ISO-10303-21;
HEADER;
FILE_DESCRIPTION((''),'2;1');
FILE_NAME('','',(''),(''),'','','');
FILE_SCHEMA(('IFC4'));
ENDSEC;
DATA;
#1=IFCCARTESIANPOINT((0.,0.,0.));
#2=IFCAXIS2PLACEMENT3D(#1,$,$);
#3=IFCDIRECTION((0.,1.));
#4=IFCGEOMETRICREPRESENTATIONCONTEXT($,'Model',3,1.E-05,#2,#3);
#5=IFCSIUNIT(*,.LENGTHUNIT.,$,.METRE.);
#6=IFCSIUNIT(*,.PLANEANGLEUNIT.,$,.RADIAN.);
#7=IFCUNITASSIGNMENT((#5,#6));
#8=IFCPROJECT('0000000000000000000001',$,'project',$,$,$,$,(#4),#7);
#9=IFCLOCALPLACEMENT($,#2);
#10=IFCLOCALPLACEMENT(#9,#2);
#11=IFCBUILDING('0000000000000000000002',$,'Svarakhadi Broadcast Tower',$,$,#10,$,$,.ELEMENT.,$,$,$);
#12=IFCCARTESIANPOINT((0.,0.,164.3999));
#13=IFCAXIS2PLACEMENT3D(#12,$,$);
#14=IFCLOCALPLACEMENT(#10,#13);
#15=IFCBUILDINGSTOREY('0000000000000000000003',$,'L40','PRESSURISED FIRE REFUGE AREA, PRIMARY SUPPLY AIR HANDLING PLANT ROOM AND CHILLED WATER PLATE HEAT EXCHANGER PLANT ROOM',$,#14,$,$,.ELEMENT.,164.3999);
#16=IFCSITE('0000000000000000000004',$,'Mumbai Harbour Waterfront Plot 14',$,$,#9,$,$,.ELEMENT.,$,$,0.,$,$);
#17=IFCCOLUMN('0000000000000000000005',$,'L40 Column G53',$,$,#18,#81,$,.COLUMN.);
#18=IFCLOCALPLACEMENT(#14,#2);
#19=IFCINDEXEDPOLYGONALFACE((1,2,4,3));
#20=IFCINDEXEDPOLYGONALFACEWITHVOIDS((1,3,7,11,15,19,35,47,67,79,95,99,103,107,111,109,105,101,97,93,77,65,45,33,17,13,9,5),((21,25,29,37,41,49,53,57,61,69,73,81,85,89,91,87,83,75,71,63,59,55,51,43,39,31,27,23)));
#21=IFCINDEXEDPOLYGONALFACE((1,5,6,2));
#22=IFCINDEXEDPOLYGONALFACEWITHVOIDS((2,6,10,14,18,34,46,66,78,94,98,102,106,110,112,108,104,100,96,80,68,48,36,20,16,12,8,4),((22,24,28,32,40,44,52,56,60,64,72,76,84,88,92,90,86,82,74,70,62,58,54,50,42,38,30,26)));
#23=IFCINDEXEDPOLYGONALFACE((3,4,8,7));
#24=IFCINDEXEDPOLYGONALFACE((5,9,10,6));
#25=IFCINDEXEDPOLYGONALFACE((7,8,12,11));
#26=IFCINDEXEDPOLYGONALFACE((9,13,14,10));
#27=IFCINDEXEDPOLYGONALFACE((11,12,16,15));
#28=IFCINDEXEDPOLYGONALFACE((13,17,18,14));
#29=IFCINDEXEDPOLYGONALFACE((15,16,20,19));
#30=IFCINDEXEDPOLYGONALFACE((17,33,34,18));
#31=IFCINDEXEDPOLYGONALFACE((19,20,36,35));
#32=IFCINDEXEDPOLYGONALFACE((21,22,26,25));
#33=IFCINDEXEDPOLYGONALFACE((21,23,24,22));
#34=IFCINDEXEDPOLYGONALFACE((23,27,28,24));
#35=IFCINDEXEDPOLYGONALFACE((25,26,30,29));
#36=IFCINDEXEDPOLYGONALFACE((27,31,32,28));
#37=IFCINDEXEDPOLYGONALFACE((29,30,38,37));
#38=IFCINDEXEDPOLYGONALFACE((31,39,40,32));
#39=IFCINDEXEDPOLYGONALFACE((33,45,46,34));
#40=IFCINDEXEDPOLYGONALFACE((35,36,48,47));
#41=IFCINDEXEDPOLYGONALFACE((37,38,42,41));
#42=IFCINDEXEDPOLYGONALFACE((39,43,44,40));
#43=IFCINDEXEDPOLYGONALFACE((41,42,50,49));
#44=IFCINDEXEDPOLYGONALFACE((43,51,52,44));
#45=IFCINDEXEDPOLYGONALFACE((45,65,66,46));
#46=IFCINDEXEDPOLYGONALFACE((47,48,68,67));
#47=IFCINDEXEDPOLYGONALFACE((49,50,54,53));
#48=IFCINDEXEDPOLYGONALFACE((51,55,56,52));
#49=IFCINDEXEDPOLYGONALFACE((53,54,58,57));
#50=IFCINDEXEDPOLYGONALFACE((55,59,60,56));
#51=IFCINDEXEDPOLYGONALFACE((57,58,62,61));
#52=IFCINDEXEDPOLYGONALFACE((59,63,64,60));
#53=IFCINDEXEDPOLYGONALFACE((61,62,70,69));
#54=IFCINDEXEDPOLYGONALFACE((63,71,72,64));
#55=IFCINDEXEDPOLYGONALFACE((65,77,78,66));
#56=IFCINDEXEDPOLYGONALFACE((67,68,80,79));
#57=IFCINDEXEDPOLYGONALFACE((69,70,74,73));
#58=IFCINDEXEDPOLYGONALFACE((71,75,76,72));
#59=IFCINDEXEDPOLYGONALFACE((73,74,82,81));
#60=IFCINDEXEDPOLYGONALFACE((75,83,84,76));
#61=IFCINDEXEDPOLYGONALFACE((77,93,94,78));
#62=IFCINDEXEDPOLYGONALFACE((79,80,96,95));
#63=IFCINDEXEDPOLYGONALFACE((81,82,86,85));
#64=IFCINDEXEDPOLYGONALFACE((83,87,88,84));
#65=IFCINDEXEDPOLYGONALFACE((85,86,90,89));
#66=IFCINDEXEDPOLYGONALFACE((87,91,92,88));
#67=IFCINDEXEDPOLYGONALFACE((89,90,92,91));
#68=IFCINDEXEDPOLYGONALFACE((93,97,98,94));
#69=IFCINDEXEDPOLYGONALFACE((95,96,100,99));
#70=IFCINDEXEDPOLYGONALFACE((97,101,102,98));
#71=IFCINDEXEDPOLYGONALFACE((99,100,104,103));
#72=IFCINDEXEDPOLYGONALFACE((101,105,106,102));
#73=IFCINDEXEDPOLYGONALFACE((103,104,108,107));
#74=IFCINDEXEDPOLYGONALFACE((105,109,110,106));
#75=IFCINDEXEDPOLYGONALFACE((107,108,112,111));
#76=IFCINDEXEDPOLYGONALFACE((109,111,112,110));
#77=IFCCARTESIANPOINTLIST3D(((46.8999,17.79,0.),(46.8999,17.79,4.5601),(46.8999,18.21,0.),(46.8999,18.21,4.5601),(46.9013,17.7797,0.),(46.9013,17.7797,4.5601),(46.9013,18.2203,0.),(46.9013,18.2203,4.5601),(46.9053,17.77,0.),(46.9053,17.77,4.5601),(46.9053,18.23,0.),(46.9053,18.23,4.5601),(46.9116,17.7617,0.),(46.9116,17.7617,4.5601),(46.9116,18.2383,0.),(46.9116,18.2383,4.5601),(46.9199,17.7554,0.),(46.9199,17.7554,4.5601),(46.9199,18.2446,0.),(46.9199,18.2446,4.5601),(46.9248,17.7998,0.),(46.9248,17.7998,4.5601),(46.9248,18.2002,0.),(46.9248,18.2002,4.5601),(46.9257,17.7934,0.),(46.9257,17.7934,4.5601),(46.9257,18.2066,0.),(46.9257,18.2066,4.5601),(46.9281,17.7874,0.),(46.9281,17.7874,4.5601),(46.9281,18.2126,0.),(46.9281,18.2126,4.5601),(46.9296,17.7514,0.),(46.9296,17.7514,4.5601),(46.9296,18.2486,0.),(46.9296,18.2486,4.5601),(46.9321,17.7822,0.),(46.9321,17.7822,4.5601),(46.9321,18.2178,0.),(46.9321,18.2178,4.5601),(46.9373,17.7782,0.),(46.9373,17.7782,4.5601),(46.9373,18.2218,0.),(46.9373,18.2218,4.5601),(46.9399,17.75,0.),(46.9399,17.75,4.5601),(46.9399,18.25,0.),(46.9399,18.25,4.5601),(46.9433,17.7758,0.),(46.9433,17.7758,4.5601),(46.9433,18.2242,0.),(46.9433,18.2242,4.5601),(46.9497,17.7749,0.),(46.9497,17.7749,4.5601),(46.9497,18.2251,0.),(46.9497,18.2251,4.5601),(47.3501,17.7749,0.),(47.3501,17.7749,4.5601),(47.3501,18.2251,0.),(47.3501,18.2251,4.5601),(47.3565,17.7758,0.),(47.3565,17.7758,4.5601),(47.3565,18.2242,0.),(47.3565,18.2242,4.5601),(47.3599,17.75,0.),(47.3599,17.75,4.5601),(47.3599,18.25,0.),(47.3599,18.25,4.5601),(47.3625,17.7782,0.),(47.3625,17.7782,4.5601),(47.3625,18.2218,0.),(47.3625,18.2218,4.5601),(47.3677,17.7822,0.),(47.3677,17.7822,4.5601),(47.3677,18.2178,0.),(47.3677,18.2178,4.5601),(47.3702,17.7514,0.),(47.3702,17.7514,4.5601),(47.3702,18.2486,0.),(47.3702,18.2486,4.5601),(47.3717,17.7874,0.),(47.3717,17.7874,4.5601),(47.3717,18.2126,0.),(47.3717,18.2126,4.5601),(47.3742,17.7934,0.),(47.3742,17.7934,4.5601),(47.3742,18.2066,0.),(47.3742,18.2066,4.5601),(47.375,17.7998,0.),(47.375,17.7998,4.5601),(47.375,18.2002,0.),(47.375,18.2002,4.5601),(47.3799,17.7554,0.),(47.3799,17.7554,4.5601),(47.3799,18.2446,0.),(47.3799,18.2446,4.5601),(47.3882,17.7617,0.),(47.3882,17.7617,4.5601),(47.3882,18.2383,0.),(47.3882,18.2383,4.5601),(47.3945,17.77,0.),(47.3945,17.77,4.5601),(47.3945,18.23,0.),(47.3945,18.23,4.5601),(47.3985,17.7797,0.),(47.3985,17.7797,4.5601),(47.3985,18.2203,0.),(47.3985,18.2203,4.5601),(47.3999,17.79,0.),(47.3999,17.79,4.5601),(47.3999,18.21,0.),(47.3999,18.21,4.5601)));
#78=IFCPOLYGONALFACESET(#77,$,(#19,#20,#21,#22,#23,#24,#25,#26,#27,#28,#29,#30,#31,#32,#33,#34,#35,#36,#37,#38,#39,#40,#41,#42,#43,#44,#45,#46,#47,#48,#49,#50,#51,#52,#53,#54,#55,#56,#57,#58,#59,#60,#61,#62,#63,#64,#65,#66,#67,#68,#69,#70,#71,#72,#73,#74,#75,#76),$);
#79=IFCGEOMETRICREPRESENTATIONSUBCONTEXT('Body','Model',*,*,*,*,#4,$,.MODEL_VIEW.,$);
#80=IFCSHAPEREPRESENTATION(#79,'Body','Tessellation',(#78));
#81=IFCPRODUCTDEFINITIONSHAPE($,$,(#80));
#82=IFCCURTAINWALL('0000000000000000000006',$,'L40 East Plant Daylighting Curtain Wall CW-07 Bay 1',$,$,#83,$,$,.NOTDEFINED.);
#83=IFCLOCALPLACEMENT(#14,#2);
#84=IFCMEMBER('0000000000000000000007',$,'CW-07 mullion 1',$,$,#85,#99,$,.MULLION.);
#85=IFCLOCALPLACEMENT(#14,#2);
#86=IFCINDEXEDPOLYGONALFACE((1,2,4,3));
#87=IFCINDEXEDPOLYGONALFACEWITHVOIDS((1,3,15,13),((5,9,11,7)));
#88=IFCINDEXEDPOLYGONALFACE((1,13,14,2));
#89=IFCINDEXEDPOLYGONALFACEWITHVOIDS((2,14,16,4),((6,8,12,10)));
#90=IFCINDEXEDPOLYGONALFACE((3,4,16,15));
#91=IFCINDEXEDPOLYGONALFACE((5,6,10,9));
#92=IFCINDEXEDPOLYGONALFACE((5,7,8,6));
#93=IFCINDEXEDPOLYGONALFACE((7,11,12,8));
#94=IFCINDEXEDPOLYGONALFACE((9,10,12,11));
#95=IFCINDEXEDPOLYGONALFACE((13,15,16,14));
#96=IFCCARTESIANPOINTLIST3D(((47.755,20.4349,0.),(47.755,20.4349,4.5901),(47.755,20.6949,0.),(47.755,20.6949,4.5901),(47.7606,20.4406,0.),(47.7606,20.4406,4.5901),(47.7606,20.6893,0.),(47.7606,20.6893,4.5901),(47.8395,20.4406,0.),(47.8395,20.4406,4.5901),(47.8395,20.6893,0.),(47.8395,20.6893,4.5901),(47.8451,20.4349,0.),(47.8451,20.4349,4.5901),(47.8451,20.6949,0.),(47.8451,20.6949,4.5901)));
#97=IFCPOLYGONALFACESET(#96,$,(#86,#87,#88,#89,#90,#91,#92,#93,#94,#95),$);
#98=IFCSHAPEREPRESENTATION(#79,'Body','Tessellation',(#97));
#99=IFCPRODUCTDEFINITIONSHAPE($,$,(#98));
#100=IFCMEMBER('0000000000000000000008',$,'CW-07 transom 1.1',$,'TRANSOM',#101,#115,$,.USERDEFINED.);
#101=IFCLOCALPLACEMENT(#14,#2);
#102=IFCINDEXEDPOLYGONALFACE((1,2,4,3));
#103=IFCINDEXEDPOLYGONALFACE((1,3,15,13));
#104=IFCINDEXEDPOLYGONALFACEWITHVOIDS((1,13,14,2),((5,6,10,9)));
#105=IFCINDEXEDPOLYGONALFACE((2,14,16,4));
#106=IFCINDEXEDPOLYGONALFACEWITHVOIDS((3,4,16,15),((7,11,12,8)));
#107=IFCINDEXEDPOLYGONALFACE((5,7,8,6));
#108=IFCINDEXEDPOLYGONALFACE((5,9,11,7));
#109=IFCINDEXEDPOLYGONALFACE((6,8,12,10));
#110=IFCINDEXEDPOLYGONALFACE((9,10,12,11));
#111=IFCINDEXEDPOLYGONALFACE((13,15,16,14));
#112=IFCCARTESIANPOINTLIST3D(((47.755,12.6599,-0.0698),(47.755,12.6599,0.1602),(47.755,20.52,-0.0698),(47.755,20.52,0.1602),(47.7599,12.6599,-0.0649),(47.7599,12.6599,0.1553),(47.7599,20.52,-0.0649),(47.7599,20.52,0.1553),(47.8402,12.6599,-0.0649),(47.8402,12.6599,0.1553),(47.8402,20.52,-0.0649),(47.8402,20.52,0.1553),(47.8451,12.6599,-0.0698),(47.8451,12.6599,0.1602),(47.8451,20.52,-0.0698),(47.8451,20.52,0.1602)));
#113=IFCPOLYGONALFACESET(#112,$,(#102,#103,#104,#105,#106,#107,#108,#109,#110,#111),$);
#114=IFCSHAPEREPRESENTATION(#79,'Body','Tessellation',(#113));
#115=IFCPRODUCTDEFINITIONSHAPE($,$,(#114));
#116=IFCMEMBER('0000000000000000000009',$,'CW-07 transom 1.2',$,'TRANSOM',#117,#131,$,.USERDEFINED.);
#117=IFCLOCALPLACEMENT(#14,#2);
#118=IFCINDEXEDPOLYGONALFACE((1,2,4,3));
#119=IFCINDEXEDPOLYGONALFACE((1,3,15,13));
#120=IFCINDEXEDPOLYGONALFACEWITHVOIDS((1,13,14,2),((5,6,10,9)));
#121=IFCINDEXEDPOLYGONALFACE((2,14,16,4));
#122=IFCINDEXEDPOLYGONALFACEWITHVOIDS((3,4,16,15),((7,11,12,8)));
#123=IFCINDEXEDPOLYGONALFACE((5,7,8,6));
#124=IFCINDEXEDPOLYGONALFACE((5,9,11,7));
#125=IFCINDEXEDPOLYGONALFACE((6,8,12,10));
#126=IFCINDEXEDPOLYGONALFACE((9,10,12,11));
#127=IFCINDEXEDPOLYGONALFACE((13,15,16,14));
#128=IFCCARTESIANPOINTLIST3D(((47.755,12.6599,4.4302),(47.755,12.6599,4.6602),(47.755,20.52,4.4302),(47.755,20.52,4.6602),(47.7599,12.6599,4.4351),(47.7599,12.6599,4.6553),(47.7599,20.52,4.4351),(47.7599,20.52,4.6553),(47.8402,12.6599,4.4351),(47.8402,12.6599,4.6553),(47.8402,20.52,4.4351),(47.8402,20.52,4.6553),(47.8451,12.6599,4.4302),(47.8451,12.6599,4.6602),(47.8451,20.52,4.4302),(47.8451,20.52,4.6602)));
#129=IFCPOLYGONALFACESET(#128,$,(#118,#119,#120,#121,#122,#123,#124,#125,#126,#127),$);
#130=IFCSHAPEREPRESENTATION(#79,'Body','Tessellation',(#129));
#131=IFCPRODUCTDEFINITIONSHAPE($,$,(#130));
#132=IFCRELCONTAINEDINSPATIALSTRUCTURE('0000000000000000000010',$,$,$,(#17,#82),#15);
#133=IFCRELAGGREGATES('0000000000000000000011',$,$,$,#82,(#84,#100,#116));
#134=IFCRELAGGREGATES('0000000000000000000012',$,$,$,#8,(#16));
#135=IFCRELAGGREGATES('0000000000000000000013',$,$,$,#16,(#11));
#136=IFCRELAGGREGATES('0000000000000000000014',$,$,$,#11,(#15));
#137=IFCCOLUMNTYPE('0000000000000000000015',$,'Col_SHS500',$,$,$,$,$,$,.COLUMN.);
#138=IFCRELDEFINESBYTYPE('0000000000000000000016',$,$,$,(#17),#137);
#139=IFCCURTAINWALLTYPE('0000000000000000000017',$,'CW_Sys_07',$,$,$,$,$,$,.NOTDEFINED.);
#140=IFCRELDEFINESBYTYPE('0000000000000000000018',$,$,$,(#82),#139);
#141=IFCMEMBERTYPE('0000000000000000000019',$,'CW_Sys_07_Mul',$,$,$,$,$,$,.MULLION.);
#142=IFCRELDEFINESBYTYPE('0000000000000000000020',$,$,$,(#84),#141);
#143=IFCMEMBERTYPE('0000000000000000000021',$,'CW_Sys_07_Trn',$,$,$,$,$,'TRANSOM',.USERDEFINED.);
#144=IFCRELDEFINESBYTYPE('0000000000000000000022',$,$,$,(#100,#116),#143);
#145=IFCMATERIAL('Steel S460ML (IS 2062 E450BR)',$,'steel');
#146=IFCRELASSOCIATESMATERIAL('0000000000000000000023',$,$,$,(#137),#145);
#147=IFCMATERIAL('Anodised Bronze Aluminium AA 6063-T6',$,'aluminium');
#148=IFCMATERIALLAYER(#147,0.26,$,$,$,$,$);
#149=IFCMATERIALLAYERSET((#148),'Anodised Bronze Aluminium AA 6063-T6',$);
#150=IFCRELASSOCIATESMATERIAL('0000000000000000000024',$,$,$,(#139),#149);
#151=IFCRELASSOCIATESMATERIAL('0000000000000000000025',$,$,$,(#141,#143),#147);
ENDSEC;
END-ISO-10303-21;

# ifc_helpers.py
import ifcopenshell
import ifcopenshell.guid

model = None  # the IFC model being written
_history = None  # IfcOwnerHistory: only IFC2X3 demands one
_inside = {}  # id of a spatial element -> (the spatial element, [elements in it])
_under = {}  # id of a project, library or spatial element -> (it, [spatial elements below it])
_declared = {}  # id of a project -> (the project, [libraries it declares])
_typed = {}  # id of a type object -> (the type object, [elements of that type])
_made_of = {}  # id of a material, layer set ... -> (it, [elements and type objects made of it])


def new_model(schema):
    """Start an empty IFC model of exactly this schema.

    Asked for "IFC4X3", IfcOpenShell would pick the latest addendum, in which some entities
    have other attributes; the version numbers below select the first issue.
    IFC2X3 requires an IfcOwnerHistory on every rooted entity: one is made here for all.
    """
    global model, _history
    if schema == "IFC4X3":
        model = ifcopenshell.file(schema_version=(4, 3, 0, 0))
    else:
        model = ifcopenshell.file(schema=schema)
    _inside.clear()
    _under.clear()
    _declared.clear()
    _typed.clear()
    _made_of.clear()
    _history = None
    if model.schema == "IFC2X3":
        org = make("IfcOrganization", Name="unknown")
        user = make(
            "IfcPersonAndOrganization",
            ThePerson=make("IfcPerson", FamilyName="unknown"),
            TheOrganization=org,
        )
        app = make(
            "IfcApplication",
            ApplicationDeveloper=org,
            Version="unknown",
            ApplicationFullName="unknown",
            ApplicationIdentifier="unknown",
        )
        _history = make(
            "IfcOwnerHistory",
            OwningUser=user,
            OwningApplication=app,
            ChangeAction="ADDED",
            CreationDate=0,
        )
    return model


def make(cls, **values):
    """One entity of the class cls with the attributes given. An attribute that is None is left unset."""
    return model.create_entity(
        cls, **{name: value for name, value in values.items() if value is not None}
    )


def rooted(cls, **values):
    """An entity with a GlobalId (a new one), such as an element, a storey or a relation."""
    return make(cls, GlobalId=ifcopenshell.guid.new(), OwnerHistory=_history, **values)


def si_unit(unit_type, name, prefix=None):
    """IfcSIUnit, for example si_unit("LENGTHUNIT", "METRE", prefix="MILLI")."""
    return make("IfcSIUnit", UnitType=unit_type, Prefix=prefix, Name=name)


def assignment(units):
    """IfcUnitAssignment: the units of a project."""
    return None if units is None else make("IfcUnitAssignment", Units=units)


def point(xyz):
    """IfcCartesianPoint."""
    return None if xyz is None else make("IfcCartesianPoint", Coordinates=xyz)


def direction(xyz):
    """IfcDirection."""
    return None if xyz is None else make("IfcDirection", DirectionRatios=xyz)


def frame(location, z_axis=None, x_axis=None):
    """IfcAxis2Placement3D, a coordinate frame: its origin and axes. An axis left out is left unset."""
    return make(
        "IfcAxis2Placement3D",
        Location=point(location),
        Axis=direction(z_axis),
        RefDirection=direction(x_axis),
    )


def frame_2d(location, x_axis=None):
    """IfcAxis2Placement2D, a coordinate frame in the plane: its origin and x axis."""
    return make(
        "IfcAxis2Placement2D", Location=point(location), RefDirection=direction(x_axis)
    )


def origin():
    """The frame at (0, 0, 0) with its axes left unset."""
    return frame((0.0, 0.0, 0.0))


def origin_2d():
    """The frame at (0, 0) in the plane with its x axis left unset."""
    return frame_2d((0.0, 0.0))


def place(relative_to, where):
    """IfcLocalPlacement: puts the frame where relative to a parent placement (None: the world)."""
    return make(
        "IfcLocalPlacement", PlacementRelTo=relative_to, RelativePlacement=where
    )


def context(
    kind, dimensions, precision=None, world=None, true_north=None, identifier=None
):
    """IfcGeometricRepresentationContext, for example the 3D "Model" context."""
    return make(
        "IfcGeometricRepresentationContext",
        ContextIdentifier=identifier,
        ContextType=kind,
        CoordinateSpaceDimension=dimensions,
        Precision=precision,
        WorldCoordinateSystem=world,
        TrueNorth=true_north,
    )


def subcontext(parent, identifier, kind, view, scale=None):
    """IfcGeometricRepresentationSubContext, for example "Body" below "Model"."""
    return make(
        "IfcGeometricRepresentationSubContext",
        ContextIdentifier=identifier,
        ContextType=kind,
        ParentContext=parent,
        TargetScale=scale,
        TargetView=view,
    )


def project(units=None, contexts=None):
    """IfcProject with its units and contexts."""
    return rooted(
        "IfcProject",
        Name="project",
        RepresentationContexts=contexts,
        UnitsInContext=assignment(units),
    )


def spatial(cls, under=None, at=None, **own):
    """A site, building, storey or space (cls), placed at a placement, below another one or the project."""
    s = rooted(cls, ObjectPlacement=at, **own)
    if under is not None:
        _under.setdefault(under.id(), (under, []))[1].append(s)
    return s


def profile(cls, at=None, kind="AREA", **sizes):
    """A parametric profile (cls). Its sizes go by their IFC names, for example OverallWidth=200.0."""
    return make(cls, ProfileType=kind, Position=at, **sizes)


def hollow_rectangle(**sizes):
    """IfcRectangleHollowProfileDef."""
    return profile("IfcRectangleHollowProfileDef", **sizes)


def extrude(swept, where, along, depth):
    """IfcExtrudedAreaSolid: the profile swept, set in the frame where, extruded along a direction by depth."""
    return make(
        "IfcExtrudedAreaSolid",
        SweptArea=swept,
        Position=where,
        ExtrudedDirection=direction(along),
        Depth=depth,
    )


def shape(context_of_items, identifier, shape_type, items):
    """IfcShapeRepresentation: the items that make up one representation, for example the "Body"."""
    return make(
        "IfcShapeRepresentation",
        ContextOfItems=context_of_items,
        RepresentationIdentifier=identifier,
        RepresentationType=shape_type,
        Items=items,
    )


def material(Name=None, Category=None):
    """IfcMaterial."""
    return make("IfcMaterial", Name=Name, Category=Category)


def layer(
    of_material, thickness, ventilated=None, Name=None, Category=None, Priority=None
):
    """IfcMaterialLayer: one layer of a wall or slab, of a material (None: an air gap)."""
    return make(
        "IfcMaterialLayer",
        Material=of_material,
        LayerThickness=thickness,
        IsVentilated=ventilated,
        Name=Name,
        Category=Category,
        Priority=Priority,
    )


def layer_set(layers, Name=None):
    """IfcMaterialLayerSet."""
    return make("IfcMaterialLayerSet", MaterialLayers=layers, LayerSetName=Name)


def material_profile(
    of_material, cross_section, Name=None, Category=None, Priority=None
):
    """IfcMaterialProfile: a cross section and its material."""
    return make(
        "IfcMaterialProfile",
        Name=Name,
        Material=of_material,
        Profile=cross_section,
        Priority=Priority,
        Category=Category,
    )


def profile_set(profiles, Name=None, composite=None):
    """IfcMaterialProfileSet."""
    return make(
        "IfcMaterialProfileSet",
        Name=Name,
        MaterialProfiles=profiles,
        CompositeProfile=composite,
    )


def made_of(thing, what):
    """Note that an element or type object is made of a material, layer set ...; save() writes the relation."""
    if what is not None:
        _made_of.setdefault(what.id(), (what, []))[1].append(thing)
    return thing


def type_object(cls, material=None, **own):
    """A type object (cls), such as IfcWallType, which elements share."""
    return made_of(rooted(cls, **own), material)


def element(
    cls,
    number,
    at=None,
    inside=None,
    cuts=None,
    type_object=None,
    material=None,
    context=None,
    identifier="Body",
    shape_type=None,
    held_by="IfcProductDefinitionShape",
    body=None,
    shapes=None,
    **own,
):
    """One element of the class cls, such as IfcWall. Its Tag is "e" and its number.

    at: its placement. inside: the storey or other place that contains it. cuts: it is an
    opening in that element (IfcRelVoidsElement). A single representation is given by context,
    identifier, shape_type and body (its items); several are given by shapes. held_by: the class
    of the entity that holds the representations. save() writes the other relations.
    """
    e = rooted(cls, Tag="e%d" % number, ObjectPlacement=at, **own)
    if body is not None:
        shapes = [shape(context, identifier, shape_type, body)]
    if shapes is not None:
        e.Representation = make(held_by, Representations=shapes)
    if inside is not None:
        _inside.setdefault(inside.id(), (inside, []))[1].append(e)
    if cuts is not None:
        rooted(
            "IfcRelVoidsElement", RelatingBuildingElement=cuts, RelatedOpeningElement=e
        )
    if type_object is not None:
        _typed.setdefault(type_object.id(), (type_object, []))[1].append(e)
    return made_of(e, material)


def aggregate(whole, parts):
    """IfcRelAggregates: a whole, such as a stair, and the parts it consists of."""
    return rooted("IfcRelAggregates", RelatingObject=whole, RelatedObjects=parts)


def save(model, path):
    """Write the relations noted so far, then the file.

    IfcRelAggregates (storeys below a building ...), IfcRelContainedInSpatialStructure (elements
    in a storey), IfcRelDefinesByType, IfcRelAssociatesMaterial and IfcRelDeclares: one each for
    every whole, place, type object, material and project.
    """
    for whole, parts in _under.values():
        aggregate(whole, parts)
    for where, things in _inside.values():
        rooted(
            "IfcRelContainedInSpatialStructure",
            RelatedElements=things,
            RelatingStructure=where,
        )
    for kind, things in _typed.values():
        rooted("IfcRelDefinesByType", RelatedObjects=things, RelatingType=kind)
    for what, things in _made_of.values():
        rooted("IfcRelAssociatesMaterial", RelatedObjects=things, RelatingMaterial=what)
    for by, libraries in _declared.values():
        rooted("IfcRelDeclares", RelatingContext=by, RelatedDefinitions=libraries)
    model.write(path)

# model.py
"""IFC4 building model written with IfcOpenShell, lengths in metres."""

from ifc_helpers import new_model, si_unit, direction, frame, origin, origin_2d, place, context, subcontext, project, spatial, hollow_rectangle, extrude, material, layer, layer_set, material_profile, profile_set, type_object, element, aggregate, save


model = new_model("IFC4")

# Units and contexts
model_context = context("Model", 3, precision=1e-05, world=origin(), true_north=direction((0.0, 1.0)))
body_context = subcontext(model_context, "Body", "Model", "MODEL_VIEW")
ifc_project = project(units=[si_unit("LENGTHUNIT", "METRE"), si_unit("PLANEANGLEUNIT", "RADIAN")], contexts=[model_context])

# Site, building, storey
site_placement = place(None, origin())
site = spatial("IfcSite", under=ifc_project, at=site_placement, Name="Mumbai Harbour Waterfront Plot 14", CompositionType="ELEMENT", RefElevation=0.0)
building_placement = place(site_placement, origin())
building = spatial("IfcBuilding", under=site, at=building_placement, Name="Svarakhadi Broadcast Tower", CompositionType="ELEMENT")
storey_placement = place(building_placement, frame((0.0, 0.0, 164.3999)))
storey = spatial("IfcBuildingStorey", under=building, at=storey_placement, Name="L40", Description="PRESSURISED FIRE REFUGE AREA, PRIMARY SUPPLY AIR HANDLING PLANT ROOM AND CHILLED WATER PLATE HEAT EXCHANGER PLANT ROOM", CompositionType="ELEMENT", Elevation=164.3999)

# Column
ifc_material_1 = material(Name="Steel S460ML (IS 2062 E450BR)", Category="steel")
ifc_material_profile_1 = material_profile(ifc_material_1, hollow_rectangle(XDim=0.5, YDim=0.5, WallThickness=0.0249, InnerFilletRadius=0.0249, OuterFilletRadius=0.04, at=origin_2d()), Name="SHS 500x500x25")
ifc_profile_set_1 = profile_set([ifc_material_profile_1], Name="Steel S460ML (IS 2062 E450BR)")
column_type_1 = type_object("IfcColumnType", Name="Col_SHS500", PredefinedType="COLUMN", material=ifc_profile_set_1)
column_1_placement = place(storey_placement, frame((47.1499, 18.0, 0.0), z_axis=(0.0, 0.0, 1.0), x_axis=(1.0, 0.0, 0.0)))
element("IfcColumn", 1, at=column_1_placement, inside=storey, type_object=column_type_1, Name="L40 Column G53", PredefinedType="COLUMN", context=body_context, shape_type="SweptSolid", body=[
    extrude(hollow_rectangle(XDim=0.5, YDim=0.5, WallThickness=0.0249, InnerFilletRadius=0.0249, OuterFilletRadius=0.04, at=origin_2d()), origin(), (0.0, 0.0, 1.0), 4.5601),
])

# Curtain wall, members
ifc_material_2 = material(Name="Anodised Bronze Aluminium AA 6063-T6", Category="aluminium")
ifc_layer_1 = layer(ifc_material_2, 0.26)
ifc_layer_set_1 = layer_set([ifc_layer_1], Name="Anodised Bronze Aluminium AA 6063-T6")
curtain_wall_type = type_object("IfcCurtainWallType", Name="CW_Sys_07", PredefinedType="NOTDEFINED", material=ifc_layer_set_1)
curtain_wall_placement = place(storey_placement, origin())
curtain_wall = element("IfcCurtainWall", 2, at=curtain_wall_placement, inside=storey, type_object=curtain_wall_type, Name="L40 East Plant Daylighting Curtain Wall CW-07 Bay 1", PredefinedType="NOTDEFINED")
ifc_material_profile_2 = material_profile(ifc_material_2, hollow_rectangle(XDim=0.0901, YDim=0.26, WallThickness=0.0056, at=origin_2d()), Name="ALU MULLION 260x90x6")
ifc_profile_set_2 = profile_set([ifc_material_profile_2], Name="Anodised Bronze Aluminium AA 6063-T6")
member_type_1 = type_object("IfcMemberType", Name="CW_Sys_07_Mul", PredefinedType="MULLION", material=ifc_profile_set_2)
member_1_placement = place(storey_placement, frame((47.8, 20.5649, 0.0), z_axis=(0.0, 0.0, 1.0), x_axis=(1.0, 0.0, 0.0)))
member_1 = element("IfcMember", 3, at=member_1_placement, type_object=member_type_1, Name="CW-07 mullion 1", PredefinedType="MULLION", context=body_context, shape_type="SweptSolid", body=[
    extrude(hollow_rectangle(XDim=0.0901, YDim=0.26, WallThickness=0.0056, at=origin_2d()), origin(), (0.0, 0.0, 1.0), 4.5901),
])
ifc_material_profile_3 = material_profile(ifc_material_2, hollow_rectangle(XDim=0.0901, YDim=0.23, WallThickness=0.0049, at=origin_2d()), Name="ALU TRANSOM 230x90x5")
ifc_profile_set_3 = profile_set([ifc_material_profile_3], Name="Anodised Bronze Aluminium AA 6063-T6")
member_type_2 = type_object("IfcMemberType", Name="CW_Sys_07_Trn", ElementType="TRANSOM", PredefinedType="USERDEFINED", material=ifc_profile_set_3)
member_2_placement = place(storey_placement, frame((47.8, 20.52, 0.0452), z_axis=(0.0, -1.0, 0.0), x_axis=(1.0, 0.0, 0.0)))
member_2 = element("IfcMember", 4, at=member_2_placement, type_object=member_type_2, Name="CW-07 transom 1.1", ObjectType="TRANSOM", PredefinedType="USERDEFINED", context=body_context, shape_type="SweptSolid", body=[
    extrude(hollow_rectangle(XDim=0.0901, YDim=0.23, WallThickness=0.0049, at=origin_2d()), origin(), (0.0, 0.0, 1.0), 7.8601),
])
member_3_placement = place(storey_placement, frame((47.8, 20.52, 4.5452), z_axis=(0.0, -1.0, 0.0), x_axis=(1.0, 0.0, 0.0)))
member_3 = element("IfcMember", 5, at=member_3_placement, type_object=member_type_2, Name="CW-07 transom 1.2", ObjectType="TRANSOM", PredefinedType="USERDEFINED", context=body_context, shape_type="SweptSolid", body=[
    extrude(hollow_rectangle(XDim=0.0901, YDim=0.23, WallThickness=0.0049, at=origin_2d()), origin(), (0.0, 0.0, 1.0), 7.8601),
])
aggregate(curtain_wall, [member_1, member_2, member_3])

save(model, "model.ifc")
